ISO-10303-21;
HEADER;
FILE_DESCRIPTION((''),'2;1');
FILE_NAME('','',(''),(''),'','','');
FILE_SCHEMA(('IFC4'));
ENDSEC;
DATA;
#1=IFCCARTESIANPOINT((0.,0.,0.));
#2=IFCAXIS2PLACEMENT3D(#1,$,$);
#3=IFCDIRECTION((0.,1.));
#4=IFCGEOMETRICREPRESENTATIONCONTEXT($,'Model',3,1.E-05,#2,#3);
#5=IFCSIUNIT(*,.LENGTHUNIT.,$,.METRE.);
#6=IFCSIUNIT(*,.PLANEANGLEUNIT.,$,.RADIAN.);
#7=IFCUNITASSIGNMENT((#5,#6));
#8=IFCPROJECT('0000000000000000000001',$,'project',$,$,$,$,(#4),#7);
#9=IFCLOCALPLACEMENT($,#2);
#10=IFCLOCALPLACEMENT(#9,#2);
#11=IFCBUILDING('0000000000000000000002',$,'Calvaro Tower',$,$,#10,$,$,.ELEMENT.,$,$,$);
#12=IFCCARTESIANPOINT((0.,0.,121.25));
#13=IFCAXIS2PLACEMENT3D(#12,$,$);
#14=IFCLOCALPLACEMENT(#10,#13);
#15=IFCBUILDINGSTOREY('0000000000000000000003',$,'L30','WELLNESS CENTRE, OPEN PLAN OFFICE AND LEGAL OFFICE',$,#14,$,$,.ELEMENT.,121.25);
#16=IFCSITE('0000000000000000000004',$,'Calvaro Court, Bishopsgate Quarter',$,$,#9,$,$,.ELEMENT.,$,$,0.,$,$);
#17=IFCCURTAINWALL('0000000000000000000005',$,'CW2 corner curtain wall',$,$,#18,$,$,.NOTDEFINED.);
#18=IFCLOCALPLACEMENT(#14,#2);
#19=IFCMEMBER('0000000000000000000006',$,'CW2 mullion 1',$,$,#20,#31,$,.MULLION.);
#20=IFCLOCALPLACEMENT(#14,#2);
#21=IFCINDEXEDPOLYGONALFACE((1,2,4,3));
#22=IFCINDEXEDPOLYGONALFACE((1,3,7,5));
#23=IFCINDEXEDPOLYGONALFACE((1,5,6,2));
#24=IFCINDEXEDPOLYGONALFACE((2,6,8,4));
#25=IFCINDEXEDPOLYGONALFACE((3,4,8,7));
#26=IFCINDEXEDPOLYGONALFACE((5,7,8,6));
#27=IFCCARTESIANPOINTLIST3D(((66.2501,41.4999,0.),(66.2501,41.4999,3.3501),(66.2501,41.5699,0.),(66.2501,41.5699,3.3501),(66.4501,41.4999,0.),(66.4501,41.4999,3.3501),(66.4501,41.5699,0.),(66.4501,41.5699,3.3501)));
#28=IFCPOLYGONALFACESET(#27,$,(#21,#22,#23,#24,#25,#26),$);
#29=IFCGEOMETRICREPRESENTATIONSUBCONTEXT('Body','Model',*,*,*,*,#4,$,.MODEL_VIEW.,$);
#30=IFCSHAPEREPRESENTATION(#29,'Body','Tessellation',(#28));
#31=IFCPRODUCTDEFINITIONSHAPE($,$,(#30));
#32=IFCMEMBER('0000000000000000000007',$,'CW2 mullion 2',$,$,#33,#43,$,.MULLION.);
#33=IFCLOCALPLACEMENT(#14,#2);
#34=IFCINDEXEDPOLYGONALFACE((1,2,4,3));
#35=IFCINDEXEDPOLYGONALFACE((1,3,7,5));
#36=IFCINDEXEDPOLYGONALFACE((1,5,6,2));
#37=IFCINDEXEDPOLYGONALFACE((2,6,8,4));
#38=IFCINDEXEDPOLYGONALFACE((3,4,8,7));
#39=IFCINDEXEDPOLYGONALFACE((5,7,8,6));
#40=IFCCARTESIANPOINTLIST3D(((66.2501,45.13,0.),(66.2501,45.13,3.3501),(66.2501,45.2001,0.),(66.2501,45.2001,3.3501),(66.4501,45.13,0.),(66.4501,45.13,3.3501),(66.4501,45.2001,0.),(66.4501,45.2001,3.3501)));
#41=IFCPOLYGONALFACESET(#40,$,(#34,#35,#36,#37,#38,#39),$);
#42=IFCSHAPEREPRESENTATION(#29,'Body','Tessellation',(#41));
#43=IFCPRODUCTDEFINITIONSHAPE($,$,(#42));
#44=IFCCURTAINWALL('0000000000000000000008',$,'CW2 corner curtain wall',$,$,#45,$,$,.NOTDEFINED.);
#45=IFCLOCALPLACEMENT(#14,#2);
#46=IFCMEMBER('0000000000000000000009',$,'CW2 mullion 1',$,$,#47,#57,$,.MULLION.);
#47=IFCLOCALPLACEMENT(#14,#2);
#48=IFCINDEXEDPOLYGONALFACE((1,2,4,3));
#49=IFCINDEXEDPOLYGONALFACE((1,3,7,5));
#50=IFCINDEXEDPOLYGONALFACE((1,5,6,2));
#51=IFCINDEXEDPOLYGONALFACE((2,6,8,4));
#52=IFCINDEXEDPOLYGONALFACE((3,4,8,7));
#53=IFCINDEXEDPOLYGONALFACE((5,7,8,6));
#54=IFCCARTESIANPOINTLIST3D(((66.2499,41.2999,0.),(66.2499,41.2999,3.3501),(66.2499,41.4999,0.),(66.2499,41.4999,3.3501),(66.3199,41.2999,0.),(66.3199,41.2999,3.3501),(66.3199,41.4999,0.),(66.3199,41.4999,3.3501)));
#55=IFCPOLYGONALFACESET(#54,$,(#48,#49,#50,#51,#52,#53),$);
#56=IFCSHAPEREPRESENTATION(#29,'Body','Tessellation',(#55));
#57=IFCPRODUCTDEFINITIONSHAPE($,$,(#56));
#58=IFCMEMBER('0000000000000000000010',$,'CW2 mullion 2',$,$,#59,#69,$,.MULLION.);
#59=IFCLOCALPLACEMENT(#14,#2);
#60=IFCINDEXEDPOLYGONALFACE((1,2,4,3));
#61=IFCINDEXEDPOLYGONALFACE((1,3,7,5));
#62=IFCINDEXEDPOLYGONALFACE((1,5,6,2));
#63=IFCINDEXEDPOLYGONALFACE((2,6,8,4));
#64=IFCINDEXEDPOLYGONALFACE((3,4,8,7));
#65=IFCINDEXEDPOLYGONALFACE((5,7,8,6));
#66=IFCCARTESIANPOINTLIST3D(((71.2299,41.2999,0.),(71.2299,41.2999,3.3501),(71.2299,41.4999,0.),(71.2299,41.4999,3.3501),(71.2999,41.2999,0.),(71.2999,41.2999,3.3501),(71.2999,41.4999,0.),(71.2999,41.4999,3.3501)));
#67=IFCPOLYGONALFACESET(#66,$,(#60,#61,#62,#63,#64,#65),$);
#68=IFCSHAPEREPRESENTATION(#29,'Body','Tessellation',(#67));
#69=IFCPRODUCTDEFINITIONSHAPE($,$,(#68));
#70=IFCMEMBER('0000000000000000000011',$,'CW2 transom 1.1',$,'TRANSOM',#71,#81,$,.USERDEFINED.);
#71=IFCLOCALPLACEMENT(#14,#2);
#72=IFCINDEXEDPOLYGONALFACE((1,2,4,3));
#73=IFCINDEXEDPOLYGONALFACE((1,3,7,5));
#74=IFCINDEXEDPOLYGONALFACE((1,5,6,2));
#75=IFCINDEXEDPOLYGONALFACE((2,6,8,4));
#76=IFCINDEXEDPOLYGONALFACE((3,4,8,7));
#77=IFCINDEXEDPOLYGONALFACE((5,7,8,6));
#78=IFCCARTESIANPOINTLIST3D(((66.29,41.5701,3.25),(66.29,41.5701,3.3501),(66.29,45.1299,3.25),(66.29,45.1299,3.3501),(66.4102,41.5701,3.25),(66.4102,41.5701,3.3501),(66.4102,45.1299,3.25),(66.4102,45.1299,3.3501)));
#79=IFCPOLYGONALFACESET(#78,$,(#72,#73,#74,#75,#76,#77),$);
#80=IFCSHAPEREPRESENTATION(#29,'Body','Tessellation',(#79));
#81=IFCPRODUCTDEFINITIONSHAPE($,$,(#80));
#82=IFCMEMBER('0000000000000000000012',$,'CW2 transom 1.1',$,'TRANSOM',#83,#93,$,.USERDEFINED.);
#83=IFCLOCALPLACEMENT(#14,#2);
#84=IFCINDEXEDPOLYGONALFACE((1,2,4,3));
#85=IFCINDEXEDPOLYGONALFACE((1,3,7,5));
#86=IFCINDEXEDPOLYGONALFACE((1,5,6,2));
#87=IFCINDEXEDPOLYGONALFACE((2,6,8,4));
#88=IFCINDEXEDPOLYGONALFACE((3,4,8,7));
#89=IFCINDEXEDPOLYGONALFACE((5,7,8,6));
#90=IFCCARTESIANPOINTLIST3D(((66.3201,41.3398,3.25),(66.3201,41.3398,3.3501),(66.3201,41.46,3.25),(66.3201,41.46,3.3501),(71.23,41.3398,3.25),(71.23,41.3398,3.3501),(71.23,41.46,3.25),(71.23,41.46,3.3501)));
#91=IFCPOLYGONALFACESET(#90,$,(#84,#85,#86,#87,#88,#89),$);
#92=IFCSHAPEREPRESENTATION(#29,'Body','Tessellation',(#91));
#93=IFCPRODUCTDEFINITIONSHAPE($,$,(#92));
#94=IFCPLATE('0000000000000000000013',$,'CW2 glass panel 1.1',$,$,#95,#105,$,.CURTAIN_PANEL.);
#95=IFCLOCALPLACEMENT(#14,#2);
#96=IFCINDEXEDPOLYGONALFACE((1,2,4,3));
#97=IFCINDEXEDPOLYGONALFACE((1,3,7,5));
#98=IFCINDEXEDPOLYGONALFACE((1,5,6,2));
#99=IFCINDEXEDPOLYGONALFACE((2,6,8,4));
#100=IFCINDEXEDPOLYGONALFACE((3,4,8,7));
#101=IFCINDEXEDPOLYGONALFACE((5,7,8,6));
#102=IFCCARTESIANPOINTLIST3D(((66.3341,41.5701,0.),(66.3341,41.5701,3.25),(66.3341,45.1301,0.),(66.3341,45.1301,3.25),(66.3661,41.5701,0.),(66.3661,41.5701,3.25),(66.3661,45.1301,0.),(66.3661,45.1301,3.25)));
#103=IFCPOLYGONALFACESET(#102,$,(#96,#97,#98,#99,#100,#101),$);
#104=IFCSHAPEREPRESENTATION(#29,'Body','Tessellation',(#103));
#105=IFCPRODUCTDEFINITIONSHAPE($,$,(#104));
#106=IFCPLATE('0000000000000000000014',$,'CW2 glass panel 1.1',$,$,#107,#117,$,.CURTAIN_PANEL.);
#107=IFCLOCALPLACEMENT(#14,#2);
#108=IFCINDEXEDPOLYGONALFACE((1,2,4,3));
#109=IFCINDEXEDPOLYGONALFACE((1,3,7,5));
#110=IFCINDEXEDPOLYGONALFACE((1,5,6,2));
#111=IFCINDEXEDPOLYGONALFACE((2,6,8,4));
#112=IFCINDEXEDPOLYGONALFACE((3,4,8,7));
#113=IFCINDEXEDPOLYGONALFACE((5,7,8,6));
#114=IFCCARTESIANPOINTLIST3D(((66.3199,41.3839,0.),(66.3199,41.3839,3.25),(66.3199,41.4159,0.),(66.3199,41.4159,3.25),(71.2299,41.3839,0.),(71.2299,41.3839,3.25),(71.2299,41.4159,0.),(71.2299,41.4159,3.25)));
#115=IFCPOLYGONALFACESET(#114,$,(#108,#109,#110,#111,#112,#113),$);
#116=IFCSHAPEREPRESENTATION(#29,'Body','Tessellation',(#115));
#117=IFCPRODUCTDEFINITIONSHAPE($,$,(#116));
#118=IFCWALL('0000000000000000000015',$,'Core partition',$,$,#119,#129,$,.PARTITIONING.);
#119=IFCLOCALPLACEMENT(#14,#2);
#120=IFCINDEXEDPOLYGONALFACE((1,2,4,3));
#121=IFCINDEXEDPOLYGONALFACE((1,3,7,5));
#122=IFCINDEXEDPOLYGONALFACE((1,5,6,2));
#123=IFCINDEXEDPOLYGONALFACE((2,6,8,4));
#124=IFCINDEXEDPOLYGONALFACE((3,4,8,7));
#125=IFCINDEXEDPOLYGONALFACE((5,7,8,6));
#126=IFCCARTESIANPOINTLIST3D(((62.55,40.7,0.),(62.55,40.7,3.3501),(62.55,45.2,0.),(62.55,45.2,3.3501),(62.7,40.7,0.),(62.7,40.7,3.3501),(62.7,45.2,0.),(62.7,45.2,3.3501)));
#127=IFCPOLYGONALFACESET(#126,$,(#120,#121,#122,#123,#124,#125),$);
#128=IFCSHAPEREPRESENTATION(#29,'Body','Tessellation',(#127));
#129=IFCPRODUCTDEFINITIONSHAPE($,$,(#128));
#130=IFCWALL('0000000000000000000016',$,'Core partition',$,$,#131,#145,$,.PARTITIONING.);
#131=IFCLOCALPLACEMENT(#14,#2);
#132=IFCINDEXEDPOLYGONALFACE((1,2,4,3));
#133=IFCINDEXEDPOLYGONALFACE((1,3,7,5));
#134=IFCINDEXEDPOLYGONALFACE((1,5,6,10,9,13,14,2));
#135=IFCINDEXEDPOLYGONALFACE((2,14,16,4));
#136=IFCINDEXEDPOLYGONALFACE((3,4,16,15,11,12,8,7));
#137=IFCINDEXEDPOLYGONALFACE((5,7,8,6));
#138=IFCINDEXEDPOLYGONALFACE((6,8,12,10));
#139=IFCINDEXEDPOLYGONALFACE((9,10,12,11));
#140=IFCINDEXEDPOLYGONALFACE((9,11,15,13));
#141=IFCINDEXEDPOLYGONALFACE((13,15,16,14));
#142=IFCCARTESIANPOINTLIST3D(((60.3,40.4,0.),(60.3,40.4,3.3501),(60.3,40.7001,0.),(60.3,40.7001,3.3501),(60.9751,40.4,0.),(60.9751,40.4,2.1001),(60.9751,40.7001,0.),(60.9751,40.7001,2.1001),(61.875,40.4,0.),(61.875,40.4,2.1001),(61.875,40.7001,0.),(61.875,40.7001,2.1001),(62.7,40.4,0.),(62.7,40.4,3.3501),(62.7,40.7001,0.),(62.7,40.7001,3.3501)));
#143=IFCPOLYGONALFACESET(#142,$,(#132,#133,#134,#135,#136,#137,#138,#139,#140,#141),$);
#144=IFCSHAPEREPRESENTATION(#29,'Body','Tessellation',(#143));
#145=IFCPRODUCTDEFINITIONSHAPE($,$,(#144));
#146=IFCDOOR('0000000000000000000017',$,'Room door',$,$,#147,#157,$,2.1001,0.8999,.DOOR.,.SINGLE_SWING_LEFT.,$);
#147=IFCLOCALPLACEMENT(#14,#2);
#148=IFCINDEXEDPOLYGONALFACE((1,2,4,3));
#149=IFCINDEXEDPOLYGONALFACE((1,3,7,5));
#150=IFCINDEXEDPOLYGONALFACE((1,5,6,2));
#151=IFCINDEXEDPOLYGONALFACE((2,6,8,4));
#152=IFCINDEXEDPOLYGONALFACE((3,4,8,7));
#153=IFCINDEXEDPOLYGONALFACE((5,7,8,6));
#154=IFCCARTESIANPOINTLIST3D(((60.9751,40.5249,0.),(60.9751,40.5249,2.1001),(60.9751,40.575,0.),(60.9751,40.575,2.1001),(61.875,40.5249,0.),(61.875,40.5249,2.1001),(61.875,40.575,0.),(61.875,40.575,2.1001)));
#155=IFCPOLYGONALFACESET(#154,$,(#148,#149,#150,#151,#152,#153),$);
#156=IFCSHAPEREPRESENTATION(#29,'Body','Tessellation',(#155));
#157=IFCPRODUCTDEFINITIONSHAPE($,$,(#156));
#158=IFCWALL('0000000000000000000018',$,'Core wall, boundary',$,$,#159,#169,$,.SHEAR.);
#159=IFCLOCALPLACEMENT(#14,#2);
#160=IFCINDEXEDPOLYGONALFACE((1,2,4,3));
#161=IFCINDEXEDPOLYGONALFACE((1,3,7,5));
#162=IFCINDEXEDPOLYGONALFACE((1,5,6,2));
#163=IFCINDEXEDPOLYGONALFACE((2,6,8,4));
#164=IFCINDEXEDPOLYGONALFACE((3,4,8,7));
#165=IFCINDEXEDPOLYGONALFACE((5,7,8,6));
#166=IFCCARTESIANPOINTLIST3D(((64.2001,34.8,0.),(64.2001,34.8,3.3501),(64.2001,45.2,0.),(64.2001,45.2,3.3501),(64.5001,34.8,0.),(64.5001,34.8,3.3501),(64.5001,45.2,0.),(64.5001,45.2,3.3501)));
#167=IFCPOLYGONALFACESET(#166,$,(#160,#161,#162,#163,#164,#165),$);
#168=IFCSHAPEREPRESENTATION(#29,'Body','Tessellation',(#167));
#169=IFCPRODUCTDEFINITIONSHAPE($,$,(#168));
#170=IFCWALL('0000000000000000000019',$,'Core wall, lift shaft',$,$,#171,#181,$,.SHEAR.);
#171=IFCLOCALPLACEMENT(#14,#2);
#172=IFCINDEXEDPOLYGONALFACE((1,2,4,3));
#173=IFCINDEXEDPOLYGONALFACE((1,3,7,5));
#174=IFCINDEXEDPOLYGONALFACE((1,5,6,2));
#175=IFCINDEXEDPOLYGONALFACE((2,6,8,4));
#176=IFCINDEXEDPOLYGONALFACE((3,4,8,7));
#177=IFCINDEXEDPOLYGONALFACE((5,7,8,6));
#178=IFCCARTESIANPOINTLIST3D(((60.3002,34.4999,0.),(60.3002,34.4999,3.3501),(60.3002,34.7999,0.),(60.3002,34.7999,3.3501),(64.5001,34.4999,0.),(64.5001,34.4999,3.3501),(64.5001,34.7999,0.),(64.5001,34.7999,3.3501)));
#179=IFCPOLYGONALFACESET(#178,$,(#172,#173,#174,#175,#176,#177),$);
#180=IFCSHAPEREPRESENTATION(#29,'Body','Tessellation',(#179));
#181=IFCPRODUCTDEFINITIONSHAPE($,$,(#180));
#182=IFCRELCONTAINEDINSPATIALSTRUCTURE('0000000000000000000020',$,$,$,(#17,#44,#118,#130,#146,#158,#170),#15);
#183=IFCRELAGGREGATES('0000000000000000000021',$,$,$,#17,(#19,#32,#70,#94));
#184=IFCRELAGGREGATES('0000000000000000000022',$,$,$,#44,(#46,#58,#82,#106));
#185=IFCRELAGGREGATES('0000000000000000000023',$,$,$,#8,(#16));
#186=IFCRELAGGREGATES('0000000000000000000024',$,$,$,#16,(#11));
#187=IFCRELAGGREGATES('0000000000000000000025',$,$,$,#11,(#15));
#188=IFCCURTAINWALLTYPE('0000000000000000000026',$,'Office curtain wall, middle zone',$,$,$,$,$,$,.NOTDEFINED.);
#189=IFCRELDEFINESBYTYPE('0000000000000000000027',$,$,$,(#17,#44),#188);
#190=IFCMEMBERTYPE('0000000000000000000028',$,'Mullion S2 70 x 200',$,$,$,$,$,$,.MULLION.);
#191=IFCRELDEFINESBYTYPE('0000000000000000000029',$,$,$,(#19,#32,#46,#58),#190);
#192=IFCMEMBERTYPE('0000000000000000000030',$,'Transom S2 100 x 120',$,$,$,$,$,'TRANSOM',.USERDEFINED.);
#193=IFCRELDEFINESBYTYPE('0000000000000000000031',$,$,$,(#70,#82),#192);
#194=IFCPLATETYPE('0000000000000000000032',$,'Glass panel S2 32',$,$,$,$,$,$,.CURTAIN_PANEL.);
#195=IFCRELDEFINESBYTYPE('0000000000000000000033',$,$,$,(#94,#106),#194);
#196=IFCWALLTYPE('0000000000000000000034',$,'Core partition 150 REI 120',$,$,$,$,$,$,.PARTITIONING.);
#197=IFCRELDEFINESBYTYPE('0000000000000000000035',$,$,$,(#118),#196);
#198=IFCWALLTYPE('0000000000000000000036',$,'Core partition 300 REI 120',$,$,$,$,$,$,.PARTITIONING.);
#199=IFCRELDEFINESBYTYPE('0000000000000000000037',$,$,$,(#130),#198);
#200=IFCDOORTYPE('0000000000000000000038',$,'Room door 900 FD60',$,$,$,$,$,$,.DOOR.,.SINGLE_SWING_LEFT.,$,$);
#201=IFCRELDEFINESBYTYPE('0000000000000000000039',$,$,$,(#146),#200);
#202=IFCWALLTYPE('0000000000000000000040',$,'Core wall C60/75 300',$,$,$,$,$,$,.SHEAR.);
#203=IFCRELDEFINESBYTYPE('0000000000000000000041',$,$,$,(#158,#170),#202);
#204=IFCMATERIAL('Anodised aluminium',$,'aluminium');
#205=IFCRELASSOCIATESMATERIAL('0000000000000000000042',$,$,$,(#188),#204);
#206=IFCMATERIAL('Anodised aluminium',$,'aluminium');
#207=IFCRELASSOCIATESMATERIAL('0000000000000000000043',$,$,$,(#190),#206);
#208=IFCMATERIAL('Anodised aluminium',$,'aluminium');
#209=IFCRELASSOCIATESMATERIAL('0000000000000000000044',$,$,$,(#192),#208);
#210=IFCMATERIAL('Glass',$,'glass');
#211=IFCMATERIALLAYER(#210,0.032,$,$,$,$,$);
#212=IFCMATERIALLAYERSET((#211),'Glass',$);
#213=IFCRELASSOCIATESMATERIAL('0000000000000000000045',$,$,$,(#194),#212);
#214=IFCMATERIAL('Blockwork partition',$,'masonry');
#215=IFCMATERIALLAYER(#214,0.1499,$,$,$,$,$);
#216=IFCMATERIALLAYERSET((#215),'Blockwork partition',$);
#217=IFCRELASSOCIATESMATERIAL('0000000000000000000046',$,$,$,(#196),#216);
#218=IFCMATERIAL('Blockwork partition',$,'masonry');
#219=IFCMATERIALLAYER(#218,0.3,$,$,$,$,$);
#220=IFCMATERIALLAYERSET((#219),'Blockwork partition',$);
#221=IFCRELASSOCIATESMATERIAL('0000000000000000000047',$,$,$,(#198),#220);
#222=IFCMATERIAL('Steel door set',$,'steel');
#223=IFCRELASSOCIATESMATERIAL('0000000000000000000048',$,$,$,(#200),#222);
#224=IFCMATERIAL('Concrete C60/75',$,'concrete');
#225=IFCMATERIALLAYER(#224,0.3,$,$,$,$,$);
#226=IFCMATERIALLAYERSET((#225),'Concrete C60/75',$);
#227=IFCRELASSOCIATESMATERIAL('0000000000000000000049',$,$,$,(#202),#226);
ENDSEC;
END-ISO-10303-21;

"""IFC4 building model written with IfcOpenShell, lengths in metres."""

from ifc_helpers import new_model, si_unit, direction, frame, frame_2d, origin, origin_2d, place, context, subcontext, project, spatial, rectangle, extrude, material, layer, layer_set, material_profile, profile_set, type_object, element, fill, aggregate, save


model = new_model("IFC4")

# Units and contexts
model_context = context("Model", 3, precision=1e-05, world=origin(), true_north=direction((0.0, 1.0)))
body_context = subcontext(model_context, "Body", "Model", "MODEL_VIEW")
ifc_project = project(units=[si_unit("LENGTHUNIT", "METRE"), si_unit("PLANEANGLEUNIT", "RADIAN")], contexts=[model_context])

# Site, building, storey
site_placement = place(None, origin())
site = spatial("IfcSite", under=ifc_project, at=site_placement, Name="Calvaro Court, Bishopsgate Quarter", CompositionType="ELEMENT", RefElevation=0.0)
building_placement = place(site_placement, origin())
building = spatial("IfcBuilding", under=site, at=building_placement, Name="Calvaro Tower", CompositionType="ELEMENT")
storey_placement = place(building_placement, frame((0.0, 0.0, 121.25)))
storey = spatial("IfcBuildingStorey", under=building, at=storey_placement, Name="L30", Description="WELLNESS CENTRE, OPEN PLAN OFFICE AND LEGAL OFFICE", CompositionType="ELEMENT", Elevation=121.25)

# Curtain walls, members
ifc_material_1 = material(Name="Anodised aluminium", Category="aluminium")
curtain_wall_type = type_object("IfcCurtainWallType", Name="Office curtain wall, middle zone", PredefinedType="NOTDEFINED", material=ifc_material_1)
curtain_wall_1_placement = place(storey_placement, origin())
curtain_wall_1 = element("IfcCurtainWall", 1, at=curtain_wall_1_placement, inside=storey, type_object=curtain_wall_type, Name="CW2 corner curtain wall", PredefinedType="NOTDEFINED")
ifc_material_2 = material(Name="Anodised aluminium", Category="aluminium")
ifc_material_profile_1 = material_profile(ifc_material_2, rectangle(XDim=0.2, YDim=0.0701, at=origin_2d()), Name="Mullion S2 70 x 200")
ifc_profile_set_1 = profile_set([ifc_material_profile_1], Name="Anodised aluminium")
member_type_1 = type_object("IfcMemberType", Name="Mullion S2 70 x 200", PredefinedType="MULLION", material=ifc_profile_set_1)
member_1_placement = place(storey_placement, frame((66.3501, 41.5349, 0.0), z_axis=(0.0, 0.0, 1.0), x_axis=(-1.0, 0.0, 0.0)))
member_1 = element("IfcMember", 2, at=member_1_placement, type_object=member_type_1, Name="CW2 mullion 1", PredefinedType="MULLION", context=body_context, shape_type="SweptSolid", body=[
    extrude(rectangle(XDim=0.2, YDim=0.0701, at=origin_2d()), origin(), (0.0, 0.0, 1.0), 3.3501),
])
member_2_placement = place(storey_placement, frame((66.3501, 45.165, 0.0), z_axis=(0.0, 0.0, 1.0), x_axis=(-1.0, 0.0, 0.0)))
member_2 = element("IfcMember", 3, at=member_2_placement, type_object=member_type_1, Name="CW2 mullion 2", PredefinedType="MULLION", context=body_context, shape_type="SweptSolid", body=[
    extrude(rectangle(XDim=0.2, YDim=0.0701, at=origin_2d()), origin(), (0.0, 0.0, 1.0), 3.3501),
])
curtain_wall_2_placement = place(storey_placement, origin())
curtain_wall_2 = element("IfcCurtainWall", 4, at=curtain_wall_2_placement, inside=storey, type_object=curtain_wall_type, Name="CW2 corner curtain wall", PredefinedType="NOTDEFINED")
member_3_placement = place(storey_placement, frame((66.2849, 41.3999, 0.0), z_axis=(0.0, 0.0, 1.0), x_axis=(0.0, 1.0, 0.0)))
member_3 = element("IfcMember", 5, at=member_3_placement, type_object=member_type_1, Name="CW2 mullion 1", PredefinedType="MULLION", context=body_context, shape_type="SweptSolid", body=[
    extrude(rectangle(XDim=0.2, YDim=0.0701, at=origin_2d()), origin(), (0.0, 0.0, 1.0), 3.3501),
])
member_4_placement = place(storey_placement, frame((71.2649, 41.3999, 0.0), z_axis=(0.0, 0.0, 1.0), x_axis=(0.0, 1.0, 0.0)))
member_4 = element("IfcMember", 6, at=member_4_placement, type_object=member_type_1, Name="CW2 mullion 2", PredefinedType="MULLION", context=body_context, shape_type="SweptSolid", body=[
    extrude(rectangle(XDim=0.2, YDim=0.0701, at=origin_2d()), origin(), (0.0, 0.0, 1.0), 3.3501),
])

# Members
ifc_material_3 = material(Name="Anodised aluminium", Category="aluminium")
ifc_material_profile_2 = material_profile(ifc_material_3, rectangle(XDim=0.1201, YDim=0.1001, at=origin_2d()), Name="Transom S2 100 x 120")
ifc_profile_set_2 = profile_set([ifc_material_profile_2], Name="Anodised aluminium")
member_type_2 = type_object("IfcMemberType", Name="Transom S2 100 x 120", ElementType="TRANSOM", PredefinedType="USERDEFINED", material=ifc_profile_set_2)
member_5_placement = place(storey_placement, frame((66.3501, 41.5701, 3.3), z_axis=(0.0, 1.0, 0.0), x_axis=(-1.0, 0.0, 0.0)))
member_5 = element("IfcMember", 7, at=member_5_placement, type_object=member_type_2, Name="CW2 transom 1.1", ObjectType="TRANSOM", PredefinedType="USERDEFINED", context=body_context, shape_type="SweptSolid", body=[
    extrude(rectangle(XDim=0.1201, YDim=0.1001, at=origin_2d()), origin(), (0.0, 0.0, 1.0), 3.5598),
])
member_6_placement = place(storey_placement, frame((66.3201, 41.3999, 3.3), z_axis=(1.0, 0.0, 0.0), x_axis=(0.0, 1.0, 0.0)))
member_6 = element("IfcMember", 8, at=member_6_placement, type_object=member_type_2, Name="CW2 transom 1.1", ObjectType="TRANSOM", PredefinedType="USERDEFINED", context=body_context, shape_type="SweptSolid", body=[
    extrude(rectangle(XDim=0.1201, YDim=0.1001, at=origin_2d()), origin(), (0.0, 0.0, 1.0), 4.9099),
])

# Plates
ifc_material_4 = material(Name="Glass", Category="glass")
ifc_layer_1 = layer(ifc_material_4, 0.032)
ifc_layer_set_1 = layer_set([ifc_layer_1], Name="Glass")
plate_type = type_object("IfcPlateType", Name="Glass panel S2 32", PredefinedType="CURTAIN_PANEL", material=ifc_layer_set_1)
plate_1_placement = place(storey_placement, frame((66.3501, 43.3501, 0.0), z_axis=(0.0, 0.0, 1.0), x_axis=(0.0, 1.0, 0.0)))
plate_1 = element("IfcPlate", 9, at=plate_1_placement, type_object=plate_type, Name="CW2 glass panel 1.1", PredefinedType="CURTAIN_PANEL", context=body_context, shape_type="SweptSolid", body=[
    extrude(rectangle(XDim=3.5601, YDim=0.032, at=origin_2d()), origin(), (0.0, 0.0, 1.0), 3.25),
])
aggregate(curtain_wall_1, [member_1, member_2, member_5, plate_1])
plate_2_placement = place(storey_placement, frame((68.7749, 41.3999, 0.0), z_axis=(0.0, 0.0, 1.0), x_axis=(1.0, 0.0, 0.0)))
plate_2 = element("IfcPlate", 10, at=plate_2_placement, type_object=plate_type, Name="CW2 glass panel 1.1", PredefinedType="CURTAIN_PANEL", context=body_context, shape_type="SweptSolid", body=[
    extrude(rectangle(XDim=4.9099, YDim=0.032, at=origin_2d()), origin(), (0.0, 0.0, 1.0), 3.25),
])
aggregate(curtain_wall_2, [member_3, member_4, member_6, plate_2])

# Wall
ifc_material_5 = material(Name="Blockwork partition", Category="masonry")
ifc_layer_2 = layer(ifc_material_5, 0.1499)
ifc_layer_set_2 = layer_set([ifc_layer_2], Name="Blockwork partition")
wall_type_1 = type_object("IfcWallType", Name="Core partition 150 REI 120", PredefinedType="PARTITIONING", material=ifc_layer_set_2)
wall_1_placement = place(storey_placement, frame((62.625, 40.7, 0.0), z_axis=(0.0, 0.0, 1.0), x_axis=(0.0, 1.0, 0.0)))
element("IfcWall", 11, at=wall_1_placement, inside=storey, type_object=wall_type_1, Name="Core partition", PredefinedType="PARTITIONING", context=body_context, shape_type="SweptSolid", body=[
    extrude(rectangle(XDim=4.5, YDim=0.1499, at=frame_2d((2.25, 0.0))), origin(), (0.0, 0.0, 1.0), 3.3501),
])

# Wall, opening, door
ifc_material_6 = material(Name="Blockwork partition", Category="masonry")
ifc_layer_3 = layer(ifc_material_6, 0.3)
ifc_layer_set_3 = layer_set([ifc_layer_3], Name="Blockwork partition")
wall_type_2 = type_object("IfcWallType", Name="Core partition 300 REI 120", PredefinedType="PARTITIONING", material=ifc_layer_set_3)
wall_2_placement = place(storey_placement, frame((60.3, 40.55, 0.0), z_axis=(0.0, 0.0, 1.0), x_axis=(1.0, 0.0, 0.0)))
wall_2 = element("IfcWall", 12, at=wall_2_placement, inside=storey, type_object=wall_type_2, Name="Core partition", PredefinedType="PARTITIONING", context=body_context, shape_type="SweptSolid", body=[
    extrude(rectangle(XDim=2.3999, YDim=0.3, at=frame_2d((1.2, 0.0))), origin(), (0.0, 0.0, 1.0), 3.3501),
])
opening_1_placement = place(wall_2_placement, frame((0.675, 0.0, 0.0)))
opening_1 = element("IfcOpeningElement", 13, at=opening_1_placement, cuts=wall_2, PredefinedType="OPENING", context=body_context, shape_type="SweptSolid", body=[
    extrude(rectangle(XDim=0.8999, YDim=2.1001, at=frame_2d((0.45, 1.05))), frame((0.0, 0.1599, 0.0), z_axis=(0.0, -1.0, 0.0), x_axis=(1.0, 0.0, 0.0)), (0.0, 0.0, 1.0), 0.3201),
])
ifc_material_7 = material(Name="Steel door set", Category="steel")
door_type_1 = type_object("IfcDoorType", Name="Room door 900 FD60", OperationType="SINGLE_SWING_LEFT", PredefinedType="DOOR", material=ifc_material_7)
door_1_placement = place(opening_1_placement, origin())
door_1 = element("IfcDoor", 14, at=door_1_placement, inside=storey, type_object=door_type_1, Name="Room door", OperationType="SINGLE_SWING_LEFT", OverallHeight=2.1001, OverallWidth=0.8999, PredefinedType="DOOR", context=body_context, shape_type="SweptSolid", body=[
    extrude(rectangle(XDim=0.8999, YDim=2.1001, at=frame_2d((0.45, 1.05))), frame((0.0, 0.0249, 0.0), z_axis=(0.0, -1.0, 0.0), x_axis=(1.0, 0.0, 0.0)), (0.0, 0.0, 1.0), 0.05),
])
fill(opening_1, door_1)

# Walls
ifc_material_8 = material(Name="Concrete C60/75", Category="concrete")
ifc_layer_4 = layer(ifc_material_8, 0.3)
ifc_layer_set_4 = layer_set([ifc_layer_4], Name="Concrete C60/75")
wall_type_3 = type_object("IfcWallType", Name="Core wall C60/75 300", PredefinedType="SHEAR", material=ifc_layer_set_4)
wall_3_placement = place(storey_placement, frame((64.3501, 34.8, 0.0), z_axis=(0.0, 0.0, 1.0), x_axis=(0.0, 1.0, 0.0)))
element("IfcWall", 15, at=wall_3_placement, inside=storey, type_object=wall_type_3, Name="Core wall, boundary", PredefinedType="SHEAR", context=body_context, shape_type="SweptSolid", body=[
    extrude(rectangle(XDim=10.3999, YDim=0.3, at=frame_2d((5.2, 0.0))), origin(), (0.0, 0.0, 1.0), 3.3501),
])
wall_4_placement = place(storey_placement, frame((60.3, 34.6499, 0.0), z_axis=(0.0, 0.0, 1.0), x_axis=(1.0, 0.0, 0.0)))
element("IfcWall", 16, at=wall_4_placement, inside=storey, type_object=wall_type_3, Name="Core wall, lift shaft", PredefinedType="SHEAR", context=body_context, shape_type="SweptSolid", body=[
    extrude(rectangle(XDim=4.2, YDim=0.3, at=frame_2d((2.1001, 0.0))), origin(), (0.0, 0.0, 1.0), 3.3501),
])

save(model, "model.ifc")
